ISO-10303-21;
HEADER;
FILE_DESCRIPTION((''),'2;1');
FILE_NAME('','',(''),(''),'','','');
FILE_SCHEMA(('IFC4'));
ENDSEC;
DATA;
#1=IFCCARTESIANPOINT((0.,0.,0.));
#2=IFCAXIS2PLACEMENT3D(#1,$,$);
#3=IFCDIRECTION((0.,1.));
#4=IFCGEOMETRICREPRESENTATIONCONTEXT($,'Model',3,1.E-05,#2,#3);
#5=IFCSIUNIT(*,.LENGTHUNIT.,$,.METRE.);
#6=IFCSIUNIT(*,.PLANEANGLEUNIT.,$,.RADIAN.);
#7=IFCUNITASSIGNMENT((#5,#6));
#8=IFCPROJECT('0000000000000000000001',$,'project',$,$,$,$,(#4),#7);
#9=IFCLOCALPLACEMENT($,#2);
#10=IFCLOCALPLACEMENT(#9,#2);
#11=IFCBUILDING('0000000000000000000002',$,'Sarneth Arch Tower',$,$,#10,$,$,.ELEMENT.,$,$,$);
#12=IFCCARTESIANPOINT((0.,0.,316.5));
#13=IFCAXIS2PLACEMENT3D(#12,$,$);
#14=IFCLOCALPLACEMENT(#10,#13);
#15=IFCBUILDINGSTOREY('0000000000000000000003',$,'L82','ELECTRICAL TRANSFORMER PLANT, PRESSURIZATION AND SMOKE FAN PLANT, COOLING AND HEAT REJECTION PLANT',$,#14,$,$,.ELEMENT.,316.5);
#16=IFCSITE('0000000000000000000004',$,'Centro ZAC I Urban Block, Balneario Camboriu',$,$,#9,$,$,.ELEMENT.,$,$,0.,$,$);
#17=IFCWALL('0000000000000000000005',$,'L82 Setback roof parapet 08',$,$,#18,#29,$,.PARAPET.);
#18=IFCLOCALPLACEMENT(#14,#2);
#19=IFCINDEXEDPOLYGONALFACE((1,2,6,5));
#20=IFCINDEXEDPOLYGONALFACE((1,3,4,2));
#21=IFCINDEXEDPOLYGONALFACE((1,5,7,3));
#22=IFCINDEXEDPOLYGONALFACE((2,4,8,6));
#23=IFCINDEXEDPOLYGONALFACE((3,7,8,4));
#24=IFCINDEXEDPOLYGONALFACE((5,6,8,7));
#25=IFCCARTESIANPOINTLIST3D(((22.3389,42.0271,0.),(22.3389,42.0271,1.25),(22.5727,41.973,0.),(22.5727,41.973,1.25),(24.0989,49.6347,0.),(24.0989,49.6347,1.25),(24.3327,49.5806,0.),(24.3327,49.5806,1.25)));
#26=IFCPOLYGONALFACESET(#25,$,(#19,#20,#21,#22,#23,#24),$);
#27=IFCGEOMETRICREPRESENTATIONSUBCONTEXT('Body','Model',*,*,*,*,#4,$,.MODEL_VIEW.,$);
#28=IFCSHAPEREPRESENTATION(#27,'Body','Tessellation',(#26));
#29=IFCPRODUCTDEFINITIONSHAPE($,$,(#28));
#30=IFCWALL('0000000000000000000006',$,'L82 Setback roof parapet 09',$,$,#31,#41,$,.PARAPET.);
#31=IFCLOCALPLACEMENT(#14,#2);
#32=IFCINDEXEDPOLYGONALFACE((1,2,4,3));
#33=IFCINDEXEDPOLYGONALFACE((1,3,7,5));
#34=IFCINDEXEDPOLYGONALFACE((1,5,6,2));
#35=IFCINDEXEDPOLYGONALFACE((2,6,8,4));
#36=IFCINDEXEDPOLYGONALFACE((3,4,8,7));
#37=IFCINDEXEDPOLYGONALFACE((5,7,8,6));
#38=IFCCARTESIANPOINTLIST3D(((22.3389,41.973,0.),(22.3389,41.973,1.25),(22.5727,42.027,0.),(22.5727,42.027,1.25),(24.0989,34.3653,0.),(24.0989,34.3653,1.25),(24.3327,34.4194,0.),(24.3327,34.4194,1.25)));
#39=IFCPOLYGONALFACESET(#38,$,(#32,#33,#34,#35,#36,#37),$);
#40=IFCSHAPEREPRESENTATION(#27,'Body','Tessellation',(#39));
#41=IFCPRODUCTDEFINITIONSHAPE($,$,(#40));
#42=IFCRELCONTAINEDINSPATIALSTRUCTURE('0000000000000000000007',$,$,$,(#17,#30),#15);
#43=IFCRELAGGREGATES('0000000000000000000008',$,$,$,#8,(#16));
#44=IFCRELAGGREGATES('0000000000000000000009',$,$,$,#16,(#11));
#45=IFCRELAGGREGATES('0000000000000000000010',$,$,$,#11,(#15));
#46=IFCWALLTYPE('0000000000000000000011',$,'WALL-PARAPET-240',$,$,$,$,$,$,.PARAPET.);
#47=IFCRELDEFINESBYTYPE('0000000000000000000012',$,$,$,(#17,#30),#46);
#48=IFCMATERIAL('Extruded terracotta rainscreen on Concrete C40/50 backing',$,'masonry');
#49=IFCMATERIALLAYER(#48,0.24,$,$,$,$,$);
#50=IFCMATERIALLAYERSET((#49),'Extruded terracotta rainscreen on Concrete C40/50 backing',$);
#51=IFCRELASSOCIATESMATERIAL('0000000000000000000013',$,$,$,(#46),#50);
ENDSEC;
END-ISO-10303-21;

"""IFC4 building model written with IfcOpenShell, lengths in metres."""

from ifc_helpers import new_model, si_unit, direction, frame, frame_2d, origin, place, context, subcontext, project, spatial, rectangle, extrude, material, layer, layer_set, type_object, element, save


model = new_model("IFC4")

# Units and contexts
model_context = context("Model", 3, precision=1e-05, world=origin(), true_north=direction((0.0, 1.0)))
body_context = subcontext(model_context, "Body", "Model", "MODEL_VIEW")
ifc_project = project(units=[si_unit("LENGTHUNIT", "METRE"), si_unit("PLANEANGLEUNIT", "RADIAN")], contexts=[model_context])

# Site, building, storey
site_placement = place(None, origin())
site = spatial("IfcSite", under=ifc_project, at=site_placement, Name="Centro ZAC I Urban Block, Balneario Camboriu", CompositionType="ELEMENT", RefElevation=0.0)
building_placement = place(site_placement, origin())
building = spatial("IfcBuilding", under=site, at=building_placement, Name="Sarneth Arch Tower", CompositionType="ELEMENT")
storey_placement = place(building_placement, frame((0.0, 0.0, 316.5)))
storey = spatial("IfcBuildingStorey", under=building, at=storey_placement, Name="L82", Description="ELECTRICAL TRANSFORMER PLANT, PRESSURIZATION AND SMOKE FAN PLANT, COOLING AND HEAT REJECTION PLANT", CompositionType="ELEMENT", Elevation=316.5)

# Walls
ifc_material_1 = material(Name="Extruded terracotta rainscreen on Concrete C40/50 backing", Category="masonry")
ifc_layer_1 = layer(ifc_material_1, 0.24)
ifc_layer_set_1 = layer_set([ifc_layer_1], Name="Extruded terracotta rainscreen on Concrete C40/50 backing")
wall_type_1 = type_object("IfcWallType", Name="WALL-PARAPET-240", PredefinedType="PARAPET", material=ifc_layer_set_1)
for number, where, z_axis, x_axis, name in (
    (1, (24.2158, 49.6077, 0.0), (0.0, 0.0, 1.0), (-0.225394, -0.974268, 0.0), "L82 Setback roof parapet 08"),
    (2, (22.4558, 42.0, 0.0), (0.0, 0.0, 1.0), (0.225394, -0.974268, 0.0), "L82 Setback roof parapet 09"),
):
    element("IfcWall", number, at=place(storey_placement, frame(where, z_axis=z_axis, x_axis=x_axis)), inside=storey, type_object=wall_type_1, Name=name, PredefinedType="PARAPET", context=body_context, shape_type="SweptSolid", body=[
        extrude(rectangle(XDim=7.8086, YDim=0.24, at=frame_2d((3.9043, 0.0))), origin(), (0.0, 0.0, 1.0), 1.25),
    ])

save(model, "model.ifc")
